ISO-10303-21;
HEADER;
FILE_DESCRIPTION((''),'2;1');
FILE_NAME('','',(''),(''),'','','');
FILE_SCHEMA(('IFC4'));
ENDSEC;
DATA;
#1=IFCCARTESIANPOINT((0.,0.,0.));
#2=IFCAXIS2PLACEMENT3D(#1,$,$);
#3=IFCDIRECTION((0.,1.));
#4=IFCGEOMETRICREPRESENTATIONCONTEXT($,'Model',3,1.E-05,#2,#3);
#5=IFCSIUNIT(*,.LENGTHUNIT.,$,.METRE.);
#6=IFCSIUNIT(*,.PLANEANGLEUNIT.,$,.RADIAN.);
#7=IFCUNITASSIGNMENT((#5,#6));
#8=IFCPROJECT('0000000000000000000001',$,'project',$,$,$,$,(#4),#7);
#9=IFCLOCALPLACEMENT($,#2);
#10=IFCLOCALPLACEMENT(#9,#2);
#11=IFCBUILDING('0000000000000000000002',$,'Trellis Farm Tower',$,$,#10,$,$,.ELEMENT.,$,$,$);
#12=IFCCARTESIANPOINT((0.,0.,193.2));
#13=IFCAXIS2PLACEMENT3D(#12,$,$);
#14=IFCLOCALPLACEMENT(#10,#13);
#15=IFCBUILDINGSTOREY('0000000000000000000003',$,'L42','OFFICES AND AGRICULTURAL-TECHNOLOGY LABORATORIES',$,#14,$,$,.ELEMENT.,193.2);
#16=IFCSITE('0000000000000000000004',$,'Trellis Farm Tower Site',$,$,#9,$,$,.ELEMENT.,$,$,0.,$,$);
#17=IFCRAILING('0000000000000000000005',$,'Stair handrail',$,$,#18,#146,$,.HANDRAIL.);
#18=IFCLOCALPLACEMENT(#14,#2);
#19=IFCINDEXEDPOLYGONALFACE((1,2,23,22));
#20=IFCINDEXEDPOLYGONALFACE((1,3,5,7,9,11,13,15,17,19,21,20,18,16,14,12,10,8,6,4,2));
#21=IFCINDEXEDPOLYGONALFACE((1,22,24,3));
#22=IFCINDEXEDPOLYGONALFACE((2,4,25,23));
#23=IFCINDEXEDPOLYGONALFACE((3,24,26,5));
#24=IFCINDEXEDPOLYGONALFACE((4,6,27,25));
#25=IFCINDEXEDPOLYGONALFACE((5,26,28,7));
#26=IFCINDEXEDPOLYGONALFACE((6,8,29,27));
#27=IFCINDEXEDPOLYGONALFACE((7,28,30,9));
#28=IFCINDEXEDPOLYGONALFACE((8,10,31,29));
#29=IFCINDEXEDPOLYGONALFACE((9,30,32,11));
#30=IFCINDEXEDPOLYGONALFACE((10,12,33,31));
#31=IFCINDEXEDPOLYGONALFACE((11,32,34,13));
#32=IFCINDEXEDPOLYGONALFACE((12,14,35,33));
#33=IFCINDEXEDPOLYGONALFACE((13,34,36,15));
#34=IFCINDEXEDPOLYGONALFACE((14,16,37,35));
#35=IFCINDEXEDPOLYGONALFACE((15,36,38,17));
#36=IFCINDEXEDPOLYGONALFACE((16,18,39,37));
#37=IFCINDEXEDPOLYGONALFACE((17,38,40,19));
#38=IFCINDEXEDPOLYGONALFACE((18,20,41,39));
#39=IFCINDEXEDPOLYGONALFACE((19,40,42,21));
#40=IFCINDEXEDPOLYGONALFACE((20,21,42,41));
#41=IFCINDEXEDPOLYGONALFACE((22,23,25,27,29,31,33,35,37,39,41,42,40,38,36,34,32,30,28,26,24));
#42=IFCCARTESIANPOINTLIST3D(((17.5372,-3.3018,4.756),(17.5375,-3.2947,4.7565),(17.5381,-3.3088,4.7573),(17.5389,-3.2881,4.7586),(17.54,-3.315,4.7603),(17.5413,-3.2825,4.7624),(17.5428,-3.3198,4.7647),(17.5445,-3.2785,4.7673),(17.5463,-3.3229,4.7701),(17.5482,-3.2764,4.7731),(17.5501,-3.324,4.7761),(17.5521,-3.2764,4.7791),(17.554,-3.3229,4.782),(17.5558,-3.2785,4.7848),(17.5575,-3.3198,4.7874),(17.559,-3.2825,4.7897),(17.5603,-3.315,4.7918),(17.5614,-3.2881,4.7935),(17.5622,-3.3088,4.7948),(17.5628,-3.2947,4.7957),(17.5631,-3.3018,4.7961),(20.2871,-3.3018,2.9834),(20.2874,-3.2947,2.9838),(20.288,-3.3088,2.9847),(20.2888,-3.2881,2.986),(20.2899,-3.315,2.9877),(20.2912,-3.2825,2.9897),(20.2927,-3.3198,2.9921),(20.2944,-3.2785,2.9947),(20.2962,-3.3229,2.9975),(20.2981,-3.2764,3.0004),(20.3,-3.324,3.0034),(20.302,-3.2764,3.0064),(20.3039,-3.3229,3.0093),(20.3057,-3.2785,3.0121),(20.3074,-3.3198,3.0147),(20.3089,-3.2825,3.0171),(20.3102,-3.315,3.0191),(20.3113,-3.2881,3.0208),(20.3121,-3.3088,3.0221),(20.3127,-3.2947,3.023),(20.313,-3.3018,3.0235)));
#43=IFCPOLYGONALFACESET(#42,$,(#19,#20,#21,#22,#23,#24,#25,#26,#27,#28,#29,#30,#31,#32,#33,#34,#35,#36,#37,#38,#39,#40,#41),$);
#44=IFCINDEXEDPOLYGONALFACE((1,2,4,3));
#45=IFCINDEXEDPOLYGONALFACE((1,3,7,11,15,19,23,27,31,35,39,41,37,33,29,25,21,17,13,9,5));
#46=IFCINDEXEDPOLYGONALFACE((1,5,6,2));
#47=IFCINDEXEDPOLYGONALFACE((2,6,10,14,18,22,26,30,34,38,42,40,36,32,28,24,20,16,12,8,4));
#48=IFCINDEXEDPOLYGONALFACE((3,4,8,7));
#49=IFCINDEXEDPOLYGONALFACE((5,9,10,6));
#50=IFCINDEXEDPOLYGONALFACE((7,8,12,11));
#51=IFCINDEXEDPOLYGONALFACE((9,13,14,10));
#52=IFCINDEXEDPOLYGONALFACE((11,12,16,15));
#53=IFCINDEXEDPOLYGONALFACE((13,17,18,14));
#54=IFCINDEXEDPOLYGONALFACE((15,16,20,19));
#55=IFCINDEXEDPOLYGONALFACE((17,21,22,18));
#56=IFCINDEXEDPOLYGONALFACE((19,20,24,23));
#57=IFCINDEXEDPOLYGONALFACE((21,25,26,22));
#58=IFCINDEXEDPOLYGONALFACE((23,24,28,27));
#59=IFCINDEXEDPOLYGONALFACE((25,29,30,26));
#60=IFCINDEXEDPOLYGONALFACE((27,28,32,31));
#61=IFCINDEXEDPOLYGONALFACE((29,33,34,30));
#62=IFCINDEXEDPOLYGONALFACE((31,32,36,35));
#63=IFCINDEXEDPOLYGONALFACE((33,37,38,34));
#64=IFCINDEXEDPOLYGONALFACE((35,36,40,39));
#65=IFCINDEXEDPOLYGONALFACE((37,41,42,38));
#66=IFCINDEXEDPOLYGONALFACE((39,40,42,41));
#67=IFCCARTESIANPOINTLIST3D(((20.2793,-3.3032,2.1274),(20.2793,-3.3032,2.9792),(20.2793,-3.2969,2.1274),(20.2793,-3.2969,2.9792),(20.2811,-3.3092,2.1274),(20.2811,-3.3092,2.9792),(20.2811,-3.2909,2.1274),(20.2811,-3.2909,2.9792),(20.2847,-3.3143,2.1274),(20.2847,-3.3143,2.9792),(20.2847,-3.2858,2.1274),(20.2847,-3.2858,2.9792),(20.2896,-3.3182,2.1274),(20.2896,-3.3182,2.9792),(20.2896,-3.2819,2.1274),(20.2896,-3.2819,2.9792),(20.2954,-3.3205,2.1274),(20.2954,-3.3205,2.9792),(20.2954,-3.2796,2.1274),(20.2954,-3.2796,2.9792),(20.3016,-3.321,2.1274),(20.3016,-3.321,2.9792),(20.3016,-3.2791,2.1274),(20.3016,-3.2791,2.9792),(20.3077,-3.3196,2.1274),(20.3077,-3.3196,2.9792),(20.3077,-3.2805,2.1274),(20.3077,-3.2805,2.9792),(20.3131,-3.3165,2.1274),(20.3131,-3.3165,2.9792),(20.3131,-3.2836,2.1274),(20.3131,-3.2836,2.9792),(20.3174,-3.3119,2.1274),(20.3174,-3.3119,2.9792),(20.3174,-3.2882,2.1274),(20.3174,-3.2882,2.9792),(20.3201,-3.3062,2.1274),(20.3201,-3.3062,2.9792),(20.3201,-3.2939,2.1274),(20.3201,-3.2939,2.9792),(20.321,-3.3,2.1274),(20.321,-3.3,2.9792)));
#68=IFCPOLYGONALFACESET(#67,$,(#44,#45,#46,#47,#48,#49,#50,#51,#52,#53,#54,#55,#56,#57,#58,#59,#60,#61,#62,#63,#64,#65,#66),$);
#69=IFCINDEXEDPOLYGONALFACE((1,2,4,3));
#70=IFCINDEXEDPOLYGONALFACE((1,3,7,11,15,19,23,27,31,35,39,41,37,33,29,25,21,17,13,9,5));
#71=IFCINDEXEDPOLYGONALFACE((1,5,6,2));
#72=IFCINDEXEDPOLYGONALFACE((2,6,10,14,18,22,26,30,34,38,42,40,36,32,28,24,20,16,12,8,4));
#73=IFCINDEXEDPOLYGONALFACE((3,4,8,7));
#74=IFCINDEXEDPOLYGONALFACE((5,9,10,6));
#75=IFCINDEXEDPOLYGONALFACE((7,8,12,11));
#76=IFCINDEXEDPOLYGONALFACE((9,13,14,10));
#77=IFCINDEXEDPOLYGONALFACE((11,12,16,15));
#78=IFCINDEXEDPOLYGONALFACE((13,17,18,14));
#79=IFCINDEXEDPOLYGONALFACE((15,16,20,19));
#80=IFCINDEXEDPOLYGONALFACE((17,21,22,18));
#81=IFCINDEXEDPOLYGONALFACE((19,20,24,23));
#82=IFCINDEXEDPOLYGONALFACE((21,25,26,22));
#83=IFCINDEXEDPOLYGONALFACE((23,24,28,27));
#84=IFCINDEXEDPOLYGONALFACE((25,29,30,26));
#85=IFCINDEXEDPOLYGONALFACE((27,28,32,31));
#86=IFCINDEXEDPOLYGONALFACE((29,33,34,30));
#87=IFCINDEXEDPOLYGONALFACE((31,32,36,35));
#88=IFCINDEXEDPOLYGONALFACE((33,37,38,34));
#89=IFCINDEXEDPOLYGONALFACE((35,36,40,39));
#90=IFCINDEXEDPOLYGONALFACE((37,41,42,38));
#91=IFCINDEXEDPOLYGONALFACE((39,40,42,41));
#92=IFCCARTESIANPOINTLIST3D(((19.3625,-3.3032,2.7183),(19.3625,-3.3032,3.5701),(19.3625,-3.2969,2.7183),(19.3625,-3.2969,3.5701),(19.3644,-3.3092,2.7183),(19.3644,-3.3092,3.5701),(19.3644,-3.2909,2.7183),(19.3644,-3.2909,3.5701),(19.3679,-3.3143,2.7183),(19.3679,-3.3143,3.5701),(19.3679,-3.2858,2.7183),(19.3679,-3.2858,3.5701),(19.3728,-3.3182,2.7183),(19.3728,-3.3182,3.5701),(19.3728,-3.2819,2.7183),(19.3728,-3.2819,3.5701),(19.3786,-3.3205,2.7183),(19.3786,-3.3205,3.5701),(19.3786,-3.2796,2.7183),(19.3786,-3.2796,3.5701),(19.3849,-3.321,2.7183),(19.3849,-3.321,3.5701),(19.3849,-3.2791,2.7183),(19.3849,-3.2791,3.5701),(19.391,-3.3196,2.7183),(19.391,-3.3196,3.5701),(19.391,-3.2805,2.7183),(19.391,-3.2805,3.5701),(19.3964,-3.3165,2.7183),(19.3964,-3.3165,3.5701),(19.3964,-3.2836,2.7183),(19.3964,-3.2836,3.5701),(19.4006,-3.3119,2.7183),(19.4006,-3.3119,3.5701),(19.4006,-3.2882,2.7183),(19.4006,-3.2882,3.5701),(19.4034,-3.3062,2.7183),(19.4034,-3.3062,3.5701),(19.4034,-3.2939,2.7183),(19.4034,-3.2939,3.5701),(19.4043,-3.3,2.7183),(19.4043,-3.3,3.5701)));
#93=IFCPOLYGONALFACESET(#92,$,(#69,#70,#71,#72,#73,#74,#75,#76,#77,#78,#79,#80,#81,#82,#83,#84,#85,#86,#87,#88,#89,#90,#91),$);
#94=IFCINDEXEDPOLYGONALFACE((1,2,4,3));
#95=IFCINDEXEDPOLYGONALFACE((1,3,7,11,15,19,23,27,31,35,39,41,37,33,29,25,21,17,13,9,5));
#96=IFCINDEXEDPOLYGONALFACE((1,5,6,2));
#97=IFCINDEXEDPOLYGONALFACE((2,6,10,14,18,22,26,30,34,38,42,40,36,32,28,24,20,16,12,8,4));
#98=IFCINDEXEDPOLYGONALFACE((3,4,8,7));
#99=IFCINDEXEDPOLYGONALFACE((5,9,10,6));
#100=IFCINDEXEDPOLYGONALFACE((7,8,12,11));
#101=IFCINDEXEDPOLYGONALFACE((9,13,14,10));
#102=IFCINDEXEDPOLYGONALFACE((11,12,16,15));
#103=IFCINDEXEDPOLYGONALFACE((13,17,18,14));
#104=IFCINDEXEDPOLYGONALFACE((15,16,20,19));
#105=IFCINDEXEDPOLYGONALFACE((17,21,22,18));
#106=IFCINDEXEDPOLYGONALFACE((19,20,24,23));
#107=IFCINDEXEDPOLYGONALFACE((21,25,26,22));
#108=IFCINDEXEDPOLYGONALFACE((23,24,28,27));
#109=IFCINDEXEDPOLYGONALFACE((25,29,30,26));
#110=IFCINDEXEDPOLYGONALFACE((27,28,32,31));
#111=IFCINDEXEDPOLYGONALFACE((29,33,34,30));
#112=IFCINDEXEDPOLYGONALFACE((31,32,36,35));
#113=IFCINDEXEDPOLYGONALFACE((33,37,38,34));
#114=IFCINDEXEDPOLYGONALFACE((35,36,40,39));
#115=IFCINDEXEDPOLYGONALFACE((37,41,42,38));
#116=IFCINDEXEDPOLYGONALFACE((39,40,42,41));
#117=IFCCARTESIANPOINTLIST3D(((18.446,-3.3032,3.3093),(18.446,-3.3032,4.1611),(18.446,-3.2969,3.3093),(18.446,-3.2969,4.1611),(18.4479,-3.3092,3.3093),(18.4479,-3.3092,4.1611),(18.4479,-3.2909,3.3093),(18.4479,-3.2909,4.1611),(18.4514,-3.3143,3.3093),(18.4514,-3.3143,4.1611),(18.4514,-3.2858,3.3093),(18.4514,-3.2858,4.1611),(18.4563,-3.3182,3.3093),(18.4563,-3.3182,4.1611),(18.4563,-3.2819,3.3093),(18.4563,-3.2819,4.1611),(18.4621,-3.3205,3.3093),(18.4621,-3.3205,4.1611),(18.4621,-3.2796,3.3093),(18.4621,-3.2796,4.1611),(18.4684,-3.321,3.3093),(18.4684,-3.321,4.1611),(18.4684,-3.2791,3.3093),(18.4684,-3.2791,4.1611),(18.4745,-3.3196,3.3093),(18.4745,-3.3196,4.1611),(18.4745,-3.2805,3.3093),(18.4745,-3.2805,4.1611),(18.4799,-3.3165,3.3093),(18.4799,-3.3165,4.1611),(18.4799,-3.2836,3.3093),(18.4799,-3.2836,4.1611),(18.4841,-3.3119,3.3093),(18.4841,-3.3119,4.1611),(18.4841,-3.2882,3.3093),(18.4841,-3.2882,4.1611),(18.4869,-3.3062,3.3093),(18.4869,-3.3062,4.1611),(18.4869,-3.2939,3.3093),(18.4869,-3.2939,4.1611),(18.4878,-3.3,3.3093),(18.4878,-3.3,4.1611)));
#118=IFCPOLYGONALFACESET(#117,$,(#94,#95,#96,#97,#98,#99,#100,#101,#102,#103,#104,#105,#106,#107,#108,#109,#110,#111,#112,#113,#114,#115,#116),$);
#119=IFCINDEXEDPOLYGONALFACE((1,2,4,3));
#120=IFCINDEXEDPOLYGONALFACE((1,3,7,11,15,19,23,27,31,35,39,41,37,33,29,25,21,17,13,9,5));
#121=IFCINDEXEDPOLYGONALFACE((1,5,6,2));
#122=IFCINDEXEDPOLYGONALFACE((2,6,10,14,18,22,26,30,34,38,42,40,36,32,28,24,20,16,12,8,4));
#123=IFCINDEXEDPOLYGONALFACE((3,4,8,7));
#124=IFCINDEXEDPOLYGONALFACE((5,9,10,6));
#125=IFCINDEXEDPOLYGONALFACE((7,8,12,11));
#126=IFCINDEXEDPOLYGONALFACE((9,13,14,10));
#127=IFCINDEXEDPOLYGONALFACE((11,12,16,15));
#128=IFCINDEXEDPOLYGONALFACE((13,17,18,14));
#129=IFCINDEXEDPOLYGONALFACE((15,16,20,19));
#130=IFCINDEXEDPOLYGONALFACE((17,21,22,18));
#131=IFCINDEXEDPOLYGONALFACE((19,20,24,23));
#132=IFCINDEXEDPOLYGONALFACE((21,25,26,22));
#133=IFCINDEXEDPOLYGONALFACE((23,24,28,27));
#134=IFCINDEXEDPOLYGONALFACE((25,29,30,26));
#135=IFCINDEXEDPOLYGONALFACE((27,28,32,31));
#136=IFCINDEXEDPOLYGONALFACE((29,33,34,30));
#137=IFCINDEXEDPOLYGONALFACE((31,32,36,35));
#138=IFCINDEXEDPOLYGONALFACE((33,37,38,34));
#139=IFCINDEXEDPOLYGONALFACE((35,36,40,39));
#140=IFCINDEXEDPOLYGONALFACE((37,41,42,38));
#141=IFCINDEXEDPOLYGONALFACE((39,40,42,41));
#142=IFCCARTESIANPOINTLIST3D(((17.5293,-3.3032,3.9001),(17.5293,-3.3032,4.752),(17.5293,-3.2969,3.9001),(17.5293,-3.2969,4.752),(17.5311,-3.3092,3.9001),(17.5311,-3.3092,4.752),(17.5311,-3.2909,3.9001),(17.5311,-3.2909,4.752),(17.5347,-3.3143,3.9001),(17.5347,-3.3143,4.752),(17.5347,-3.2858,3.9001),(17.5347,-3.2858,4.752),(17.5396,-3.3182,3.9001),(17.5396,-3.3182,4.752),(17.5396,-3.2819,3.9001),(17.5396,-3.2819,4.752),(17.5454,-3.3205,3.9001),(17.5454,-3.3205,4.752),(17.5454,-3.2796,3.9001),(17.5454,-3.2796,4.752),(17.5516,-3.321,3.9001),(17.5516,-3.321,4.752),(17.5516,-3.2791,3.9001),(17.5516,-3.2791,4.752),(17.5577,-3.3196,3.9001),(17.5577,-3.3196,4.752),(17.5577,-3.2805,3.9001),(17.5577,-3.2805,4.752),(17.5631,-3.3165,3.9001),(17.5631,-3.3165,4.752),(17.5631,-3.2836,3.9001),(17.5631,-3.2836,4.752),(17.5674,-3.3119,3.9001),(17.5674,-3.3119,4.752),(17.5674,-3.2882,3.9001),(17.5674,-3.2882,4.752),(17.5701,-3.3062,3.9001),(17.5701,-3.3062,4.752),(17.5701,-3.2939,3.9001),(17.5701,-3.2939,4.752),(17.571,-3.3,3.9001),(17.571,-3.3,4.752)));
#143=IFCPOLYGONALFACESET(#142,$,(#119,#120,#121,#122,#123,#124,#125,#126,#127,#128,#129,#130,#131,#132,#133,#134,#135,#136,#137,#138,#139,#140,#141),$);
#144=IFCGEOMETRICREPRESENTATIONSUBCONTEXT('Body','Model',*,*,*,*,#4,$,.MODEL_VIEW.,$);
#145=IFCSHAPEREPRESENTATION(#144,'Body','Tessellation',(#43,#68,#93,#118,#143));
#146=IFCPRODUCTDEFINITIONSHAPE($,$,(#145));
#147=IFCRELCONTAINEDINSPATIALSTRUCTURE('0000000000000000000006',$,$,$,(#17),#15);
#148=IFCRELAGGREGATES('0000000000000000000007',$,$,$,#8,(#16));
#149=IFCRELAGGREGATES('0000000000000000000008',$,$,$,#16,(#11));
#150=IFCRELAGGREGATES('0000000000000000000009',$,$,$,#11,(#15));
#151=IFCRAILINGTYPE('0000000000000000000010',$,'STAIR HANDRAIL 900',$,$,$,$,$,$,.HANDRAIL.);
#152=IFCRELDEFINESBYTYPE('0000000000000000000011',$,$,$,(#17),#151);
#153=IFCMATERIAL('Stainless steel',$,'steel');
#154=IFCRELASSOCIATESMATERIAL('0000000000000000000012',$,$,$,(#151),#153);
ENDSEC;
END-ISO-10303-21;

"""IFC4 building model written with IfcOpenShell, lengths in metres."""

from ifc_helpers import new_model, si_unit, direction, frame, origin, origin_2d, place, context, subcontext, project, spatial, circle, extrude, source, transform, mapped, material, type_object, element, save


model = new_model("IFC4")

# Units and contexts
model_context = context("Model", 3, precision=1e-05, world=origin(), true_north=direction((0.0, 1.0)))
body_context = subcontext(model_context, "Body", "Model", "MODEL_VIEW")
ifc_project = project(units=[si_unit("LENGTHUNIT", "METRE"), si_unit("PLANEANGLEUNIT", "RADIAN")], contexts=[model_context])

# Site, building, storey
site_placement = place(None, origin())
site = spatial("IfcSite", under=ifc_project, at=site_placement, Name="Trellis Farm Tower Site", CompositionType="ELEMENT", RefElevation=0.0)
building_placement = place(site_placement, origin())
building = spatial("IfcBuilding", under=site, at=building_placement, Name="Trellis Farm Tower", CompositionType="ELEMENT")
storey_placement = place(building_placement, frame((0.0, 0.0, 193.2)))
storey = spatial("IfcBuildingStorey", under=building, at=storey_placement, Name="L42", Description="OFFICES AND AGRICULTURAL-TECHNOLOGY LABORATORIES", CompositionType="ELEMENT", Elevation=193.2)

# Railing
ifc_material_1 = material(Name="Stainless steel", Category="steel")
railing_type = type_object("IfcRailingType", Name="STAIR HANDRAIL 900", PredefinedType="HANDRAIL", material=ifc_material_1)
shared_shape_1 = source(origin(), body_context, "Body", "SweptSolid", [
    extrude(circle(Radius=0.0239, at=origin_2d()), frame((0.0, 0.0, 0.876), z_axis=(-0.840504, 0.0, 0.541806), x_axis=(0.0, -1.0, 0.0)), (0.0, 0.0, 1.0), 3.2717),
    extrude(circle(Radius=0.021, at=origin_2d()), origin(), (0.0, 0.0, 1.0), 0.8518),
    extrude(circle(Radius=0.021, at=origin_2d()), frame((-0.9167, 0.0, 0.5908)), (0.0, 0.0, 1.0), 0.8518),
    extrude(circle(Radius=0.021, at=origin_2d()), frame((-1.8333, 0.0, 1.1819)), (0.0, 0.0, 1.0), 0.8518),
    extrude(circle(Radius=0.021, at=origin_2d()), frame((-2.75, 0.0, 1.7727)), (0.0, 0.0, 1.0), 0.8518),
])
for number, where, name in (
    (1, (20.3, -3.3, 2.1274), "Stair handrail"),
):
    element("IfcRailing", number, at=place(storey_placement, frame(where)), inside=storey, type_object=railing_type, Name=name, PredefinedType="HANDRAIL", context=body_context, shape_type="MappedRepresentation", body=[
        mapped(shared_shape_1, transform((0.0, 0.0, 0.0))),
    ])

save(model, "model.ifc")
